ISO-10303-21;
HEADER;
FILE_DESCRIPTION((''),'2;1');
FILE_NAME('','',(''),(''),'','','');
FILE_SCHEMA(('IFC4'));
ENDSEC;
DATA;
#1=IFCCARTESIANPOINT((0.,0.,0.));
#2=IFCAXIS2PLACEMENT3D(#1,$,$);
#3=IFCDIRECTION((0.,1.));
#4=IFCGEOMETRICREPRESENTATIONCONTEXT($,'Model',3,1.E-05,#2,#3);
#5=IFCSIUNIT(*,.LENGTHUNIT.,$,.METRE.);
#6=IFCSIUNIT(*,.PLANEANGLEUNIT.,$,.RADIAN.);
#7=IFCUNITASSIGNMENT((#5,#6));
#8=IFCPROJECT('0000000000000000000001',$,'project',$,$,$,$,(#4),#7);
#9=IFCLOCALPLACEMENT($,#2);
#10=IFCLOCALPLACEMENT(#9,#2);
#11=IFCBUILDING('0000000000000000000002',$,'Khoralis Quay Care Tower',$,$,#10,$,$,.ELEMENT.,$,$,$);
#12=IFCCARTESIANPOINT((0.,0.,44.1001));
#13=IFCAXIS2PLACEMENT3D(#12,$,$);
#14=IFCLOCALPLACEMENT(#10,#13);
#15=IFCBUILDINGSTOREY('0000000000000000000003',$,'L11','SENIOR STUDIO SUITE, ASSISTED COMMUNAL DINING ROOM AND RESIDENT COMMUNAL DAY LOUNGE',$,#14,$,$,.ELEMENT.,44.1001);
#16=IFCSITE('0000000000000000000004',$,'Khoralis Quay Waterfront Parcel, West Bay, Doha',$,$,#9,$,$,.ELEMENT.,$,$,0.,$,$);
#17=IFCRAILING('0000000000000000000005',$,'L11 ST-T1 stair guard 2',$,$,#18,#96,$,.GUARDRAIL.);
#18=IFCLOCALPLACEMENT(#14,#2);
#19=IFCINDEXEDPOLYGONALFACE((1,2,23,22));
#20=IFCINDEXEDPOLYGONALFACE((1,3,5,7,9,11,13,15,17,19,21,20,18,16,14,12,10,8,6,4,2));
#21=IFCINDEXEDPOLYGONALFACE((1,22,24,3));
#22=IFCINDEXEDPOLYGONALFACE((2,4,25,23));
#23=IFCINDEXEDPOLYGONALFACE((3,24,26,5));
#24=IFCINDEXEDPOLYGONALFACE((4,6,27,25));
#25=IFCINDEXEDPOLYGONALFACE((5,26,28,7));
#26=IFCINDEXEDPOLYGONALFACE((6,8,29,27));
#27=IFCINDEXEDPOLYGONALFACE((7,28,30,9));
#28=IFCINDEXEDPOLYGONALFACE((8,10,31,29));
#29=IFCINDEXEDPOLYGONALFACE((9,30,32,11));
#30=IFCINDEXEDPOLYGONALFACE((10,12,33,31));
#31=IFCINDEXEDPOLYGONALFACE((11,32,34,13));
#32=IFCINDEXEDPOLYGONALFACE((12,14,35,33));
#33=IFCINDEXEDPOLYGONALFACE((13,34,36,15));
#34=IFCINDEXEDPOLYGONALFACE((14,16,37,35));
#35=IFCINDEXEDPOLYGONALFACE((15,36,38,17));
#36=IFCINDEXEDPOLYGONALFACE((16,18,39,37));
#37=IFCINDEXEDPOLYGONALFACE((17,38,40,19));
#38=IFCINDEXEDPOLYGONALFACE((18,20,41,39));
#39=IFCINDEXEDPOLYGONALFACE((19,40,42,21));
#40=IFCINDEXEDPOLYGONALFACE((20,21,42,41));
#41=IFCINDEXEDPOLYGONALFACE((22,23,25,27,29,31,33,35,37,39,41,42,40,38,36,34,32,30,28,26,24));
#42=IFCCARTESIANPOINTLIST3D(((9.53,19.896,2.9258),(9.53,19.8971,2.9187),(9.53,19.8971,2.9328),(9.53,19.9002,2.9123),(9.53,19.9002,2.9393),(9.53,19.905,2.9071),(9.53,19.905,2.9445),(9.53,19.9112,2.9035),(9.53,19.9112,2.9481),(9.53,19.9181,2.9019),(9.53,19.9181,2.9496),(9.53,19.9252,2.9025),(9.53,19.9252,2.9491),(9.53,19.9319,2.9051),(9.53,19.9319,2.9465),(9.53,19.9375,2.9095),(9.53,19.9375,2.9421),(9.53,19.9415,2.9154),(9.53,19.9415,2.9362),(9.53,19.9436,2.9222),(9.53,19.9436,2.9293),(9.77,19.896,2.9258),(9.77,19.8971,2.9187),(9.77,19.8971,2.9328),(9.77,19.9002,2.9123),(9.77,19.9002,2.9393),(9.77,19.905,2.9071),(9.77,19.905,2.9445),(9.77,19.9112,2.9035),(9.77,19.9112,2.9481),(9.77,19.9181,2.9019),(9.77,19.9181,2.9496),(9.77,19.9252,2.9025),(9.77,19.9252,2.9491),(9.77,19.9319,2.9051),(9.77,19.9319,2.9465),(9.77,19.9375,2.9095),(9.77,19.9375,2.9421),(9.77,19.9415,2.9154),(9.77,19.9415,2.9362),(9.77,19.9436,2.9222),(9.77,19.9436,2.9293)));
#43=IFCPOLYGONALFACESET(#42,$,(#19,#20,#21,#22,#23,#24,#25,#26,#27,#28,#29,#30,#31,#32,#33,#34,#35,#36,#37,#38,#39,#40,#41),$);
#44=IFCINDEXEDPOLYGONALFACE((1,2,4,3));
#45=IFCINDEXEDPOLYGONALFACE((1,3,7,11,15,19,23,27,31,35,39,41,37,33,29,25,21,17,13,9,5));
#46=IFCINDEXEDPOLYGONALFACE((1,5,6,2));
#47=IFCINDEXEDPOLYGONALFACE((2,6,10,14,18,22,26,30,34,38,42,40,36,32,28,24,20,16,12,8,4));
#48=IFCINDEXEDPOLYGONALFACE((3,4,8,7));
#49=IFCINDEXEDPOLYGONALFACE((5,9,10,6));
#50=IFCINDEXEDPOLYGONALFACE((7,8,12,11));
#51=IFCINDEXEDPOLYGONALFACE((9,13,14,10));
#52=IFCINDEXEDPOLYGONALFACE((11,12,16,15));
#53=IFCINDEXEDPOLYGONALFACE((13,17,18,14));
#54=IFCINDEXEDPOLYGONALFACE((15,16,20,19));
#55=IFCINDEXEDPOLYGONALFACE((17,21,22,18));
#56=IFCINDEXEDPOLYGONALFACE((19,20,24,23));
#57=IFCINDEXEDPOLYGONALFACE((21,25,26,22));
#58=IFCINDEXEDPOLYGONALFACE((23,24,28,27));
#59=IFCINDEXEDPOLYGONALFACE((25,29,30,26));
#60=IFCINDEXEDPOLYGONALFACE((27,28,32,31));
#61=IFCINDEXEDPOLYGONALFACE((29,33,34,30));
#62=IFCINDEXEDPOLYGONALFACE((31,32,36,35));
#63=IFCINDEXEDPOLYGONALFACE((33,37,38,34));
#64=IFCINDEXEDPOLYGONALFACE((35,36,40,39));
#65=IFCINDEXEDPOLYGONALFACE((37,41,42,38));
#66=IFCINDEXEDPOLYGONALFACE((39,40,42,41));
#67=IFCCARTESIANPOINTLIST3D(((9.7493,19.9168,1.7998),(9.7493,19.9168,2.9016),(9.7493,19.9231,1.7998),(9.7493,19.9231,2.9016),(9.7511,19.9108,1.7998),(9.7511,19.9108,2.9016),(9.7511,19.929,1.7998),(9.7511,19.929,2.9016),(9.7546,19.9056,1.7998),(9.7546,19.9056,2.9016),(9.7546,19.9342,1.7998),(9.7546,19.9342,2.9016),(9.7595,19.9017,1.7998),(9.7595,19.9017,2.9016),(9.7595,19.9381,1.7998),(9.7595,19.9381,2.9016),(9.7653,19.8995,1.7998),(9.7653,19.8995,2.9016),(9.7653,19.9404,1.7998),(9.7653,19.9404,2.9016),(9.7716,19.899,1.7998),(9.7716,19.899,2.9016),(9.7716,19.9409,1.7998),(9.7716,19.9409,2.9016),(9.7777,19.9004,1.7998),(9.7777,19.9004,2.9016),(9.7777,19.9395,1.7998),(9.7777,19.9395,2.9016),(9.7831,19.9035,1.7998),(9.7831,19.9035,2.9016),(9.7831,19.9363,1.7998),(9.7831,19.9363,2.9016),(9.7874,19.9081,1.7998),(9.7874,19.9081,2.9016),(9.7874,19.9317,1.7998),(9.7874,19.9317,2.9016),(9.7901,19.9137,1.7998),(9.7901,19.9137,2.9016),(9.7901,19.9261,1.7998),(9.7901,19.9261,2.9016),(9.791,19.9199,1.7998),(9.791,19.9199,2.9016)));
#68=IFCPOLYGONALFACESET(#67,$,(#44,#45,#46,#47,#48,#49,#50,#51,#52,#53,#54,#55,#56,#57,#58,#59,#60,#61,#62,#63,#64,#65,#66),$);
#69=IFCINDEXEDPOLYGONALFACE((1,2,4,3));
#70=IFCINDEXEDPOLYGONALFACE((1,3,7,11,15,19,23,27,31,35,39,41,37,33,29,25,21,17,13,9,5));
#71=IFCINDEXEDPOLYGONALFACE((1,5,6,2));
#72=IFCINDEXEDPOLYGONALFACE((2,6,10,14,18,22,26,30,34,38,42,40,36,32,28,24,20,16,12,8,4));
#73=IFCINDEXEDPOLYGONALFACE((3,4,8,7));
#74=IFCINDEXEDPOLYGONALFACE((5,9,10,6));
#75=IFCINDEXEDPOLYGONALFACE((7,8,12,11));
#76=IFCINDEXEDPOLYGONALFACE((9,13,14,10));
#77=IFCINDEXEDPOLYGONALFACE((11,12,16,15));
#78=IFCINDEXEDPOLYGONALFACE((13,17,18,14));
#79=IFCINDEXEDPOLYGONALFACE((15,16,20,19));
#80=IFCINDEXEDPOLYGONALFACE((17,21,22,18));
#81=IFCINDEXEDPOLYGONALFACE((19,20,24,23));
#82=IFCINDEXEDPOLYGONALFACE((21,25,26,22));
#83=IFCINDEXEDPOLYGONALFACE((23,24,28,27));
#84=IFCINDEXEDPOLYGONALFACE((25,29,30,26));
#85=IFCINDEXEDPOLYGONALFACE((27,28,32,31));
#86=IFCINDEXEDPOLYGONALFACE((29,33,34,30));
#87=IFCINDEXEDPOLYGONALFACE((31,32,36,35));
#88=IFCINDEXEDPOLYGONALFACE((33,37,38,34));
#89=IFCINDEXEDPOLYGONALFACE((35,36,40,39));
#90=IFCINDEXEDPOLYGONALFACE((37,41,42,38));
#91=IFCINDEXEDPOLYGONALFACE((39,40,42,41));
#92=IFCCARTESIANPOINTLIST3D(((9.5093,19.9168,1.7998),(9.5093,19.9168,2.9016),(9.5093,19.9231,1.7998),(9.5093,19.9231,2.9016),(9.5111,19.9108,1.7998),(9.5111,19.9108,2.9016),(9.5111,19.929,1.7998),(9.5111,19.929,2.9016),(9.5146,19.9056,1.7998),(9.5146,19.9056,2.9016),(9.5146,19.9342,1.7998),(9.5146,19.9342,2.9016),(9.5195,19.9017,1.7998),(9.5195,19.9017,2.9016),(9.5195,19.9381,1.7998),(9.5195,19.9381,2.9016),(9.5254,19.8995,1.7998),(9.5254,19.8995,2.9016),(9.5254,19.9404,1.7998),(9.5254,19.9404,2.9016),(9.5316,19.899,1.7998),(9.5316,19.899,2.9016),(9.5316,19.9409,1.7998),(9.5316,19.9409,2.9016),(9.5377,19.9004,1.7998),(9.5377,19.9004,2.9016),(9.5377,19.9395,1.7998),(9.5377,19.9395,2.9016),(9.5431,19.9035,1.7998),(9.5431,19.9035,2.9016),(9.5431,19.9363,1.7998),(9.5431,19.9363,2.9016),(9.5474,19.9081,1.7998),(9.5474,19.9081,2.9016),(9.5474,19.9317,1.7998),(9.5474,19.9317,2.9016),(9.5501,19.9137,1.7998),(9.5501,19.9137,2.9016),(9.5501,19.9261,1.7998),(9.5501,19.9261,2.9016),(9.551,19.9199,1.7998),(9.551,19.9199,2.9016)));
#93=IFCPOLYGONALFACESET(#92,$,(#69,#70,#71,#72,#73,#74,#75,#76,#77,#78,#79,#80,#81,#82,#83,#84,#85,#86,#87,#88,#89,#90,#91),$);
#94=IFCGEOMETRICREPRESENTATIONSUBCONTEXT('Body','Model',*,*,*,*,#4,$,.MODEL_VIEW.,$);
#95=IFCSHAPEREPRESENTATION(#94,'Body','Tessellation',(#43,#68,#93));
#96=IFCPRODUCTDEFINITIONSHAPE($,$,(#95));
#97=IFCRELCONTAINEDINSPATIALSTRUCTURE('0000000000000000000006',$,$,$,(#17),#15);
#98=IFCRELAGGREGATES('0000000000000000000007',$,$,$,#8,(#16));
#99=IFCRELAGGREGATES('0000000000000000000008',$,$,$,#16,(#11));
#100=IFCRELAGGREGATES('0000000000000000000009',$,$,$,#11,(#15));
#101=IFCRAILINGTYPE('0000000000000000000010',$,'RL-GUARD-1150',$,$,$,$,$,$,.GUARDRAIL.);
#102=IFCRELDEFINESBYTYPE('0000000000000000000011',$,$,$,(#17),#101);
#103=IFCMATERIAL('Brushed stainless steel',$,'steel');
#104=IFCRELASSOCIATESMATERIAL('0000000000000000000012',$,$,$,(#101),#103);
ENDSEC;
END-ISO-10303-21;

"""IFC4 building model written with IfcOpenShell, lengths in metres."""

from ifc_helpers import new_model, si_unit, direction, frame, origin, origin_2d, place, context, subcontext, project, spatial, circle, extrude, material, type_object, element, save


model = new_model("IFC4")

# Units and contexts
model_context = context("Model", 3, precision=1e-05, world=origin(), true_north=direction((0.0, 1.0)))
body_context = subcontext(model_context, "Body", "Model", "MODEL_VIEW")
ifc_project = project(units=[si_unit("LENGTHUNIT", "METRE"), si_unit("PLANEANGLEUNIT", "RADIAN")], contexts=[model_context])

# Site, building, storey
site_placement = place(None, origin())
site = spatial("IfcSite", under=ifc_project, at=site_placement, Name="Khoralis Quay Waterfront Parcel, West Bay, Doha", CompositionType="ELEMENT", RefElevation=0.0)
building_placement = place(site_placement, origin())
building = spatial("IfcBuilding", under=site, at=building_placement, Name="Khoralis Quay Care Tower", CompositionType="ELEMENT")
storey_placement = place(building_placement, frame((0.0, 0.0, 44.1001)))
storey = spatial("IfcBuildingStorey", under=building, at=storey_placement, Name="L11", Description="SENIOR STUDIO SUITE, ASSISTED COMMUNAL DINING ROOM AND RESIDENT COMMUNAL DAY LOUNGE", CompositionType="ELEMENT", Elevation=44.1001)

# Shared definitions
ifc_material_1 = material(Name="Brushed stainless steel", Category="steel")

# Railing
railing_type_1 = type_object("IfcRailingType", Name="RL-GUARD-1150", PredefinedType="GUARDRAIL", material=ifc_material_1)
railing_1_placement = place(storey_placement, frame((9.77, 19.9199, 1.7998)))
element("IfcRailing", 1, at=railing_1_placement, inside=storey, type_object=railing_type_1, Name="L11 ST-T1 stair guard 2", PredefinedType="GUARDRAIL", context=body_context, shape_type="SweptSolid", body=[
    extrude(circle(Radius=0.0239, at=origin_2d()), frame((0.0, 0.0, 1.126), z_axis=(-1.0, 0.0, 0.0), x_axis=(0.0, -1.0, 0.0)), (0.0, 0.0, 1.0), 0.24),
    extrude(circle(Radius=0.021, at=origin_2d()), origin(), (0.0, 0.0, 1.0), 1.1018),
    extrude(circle(Radius=0.021, at=origin_2d()), frame((-0.24, 0.0, 0.0)), (0.0, 0.0, 1.0), 1.1018),
])

save(model, "model.ifc")
